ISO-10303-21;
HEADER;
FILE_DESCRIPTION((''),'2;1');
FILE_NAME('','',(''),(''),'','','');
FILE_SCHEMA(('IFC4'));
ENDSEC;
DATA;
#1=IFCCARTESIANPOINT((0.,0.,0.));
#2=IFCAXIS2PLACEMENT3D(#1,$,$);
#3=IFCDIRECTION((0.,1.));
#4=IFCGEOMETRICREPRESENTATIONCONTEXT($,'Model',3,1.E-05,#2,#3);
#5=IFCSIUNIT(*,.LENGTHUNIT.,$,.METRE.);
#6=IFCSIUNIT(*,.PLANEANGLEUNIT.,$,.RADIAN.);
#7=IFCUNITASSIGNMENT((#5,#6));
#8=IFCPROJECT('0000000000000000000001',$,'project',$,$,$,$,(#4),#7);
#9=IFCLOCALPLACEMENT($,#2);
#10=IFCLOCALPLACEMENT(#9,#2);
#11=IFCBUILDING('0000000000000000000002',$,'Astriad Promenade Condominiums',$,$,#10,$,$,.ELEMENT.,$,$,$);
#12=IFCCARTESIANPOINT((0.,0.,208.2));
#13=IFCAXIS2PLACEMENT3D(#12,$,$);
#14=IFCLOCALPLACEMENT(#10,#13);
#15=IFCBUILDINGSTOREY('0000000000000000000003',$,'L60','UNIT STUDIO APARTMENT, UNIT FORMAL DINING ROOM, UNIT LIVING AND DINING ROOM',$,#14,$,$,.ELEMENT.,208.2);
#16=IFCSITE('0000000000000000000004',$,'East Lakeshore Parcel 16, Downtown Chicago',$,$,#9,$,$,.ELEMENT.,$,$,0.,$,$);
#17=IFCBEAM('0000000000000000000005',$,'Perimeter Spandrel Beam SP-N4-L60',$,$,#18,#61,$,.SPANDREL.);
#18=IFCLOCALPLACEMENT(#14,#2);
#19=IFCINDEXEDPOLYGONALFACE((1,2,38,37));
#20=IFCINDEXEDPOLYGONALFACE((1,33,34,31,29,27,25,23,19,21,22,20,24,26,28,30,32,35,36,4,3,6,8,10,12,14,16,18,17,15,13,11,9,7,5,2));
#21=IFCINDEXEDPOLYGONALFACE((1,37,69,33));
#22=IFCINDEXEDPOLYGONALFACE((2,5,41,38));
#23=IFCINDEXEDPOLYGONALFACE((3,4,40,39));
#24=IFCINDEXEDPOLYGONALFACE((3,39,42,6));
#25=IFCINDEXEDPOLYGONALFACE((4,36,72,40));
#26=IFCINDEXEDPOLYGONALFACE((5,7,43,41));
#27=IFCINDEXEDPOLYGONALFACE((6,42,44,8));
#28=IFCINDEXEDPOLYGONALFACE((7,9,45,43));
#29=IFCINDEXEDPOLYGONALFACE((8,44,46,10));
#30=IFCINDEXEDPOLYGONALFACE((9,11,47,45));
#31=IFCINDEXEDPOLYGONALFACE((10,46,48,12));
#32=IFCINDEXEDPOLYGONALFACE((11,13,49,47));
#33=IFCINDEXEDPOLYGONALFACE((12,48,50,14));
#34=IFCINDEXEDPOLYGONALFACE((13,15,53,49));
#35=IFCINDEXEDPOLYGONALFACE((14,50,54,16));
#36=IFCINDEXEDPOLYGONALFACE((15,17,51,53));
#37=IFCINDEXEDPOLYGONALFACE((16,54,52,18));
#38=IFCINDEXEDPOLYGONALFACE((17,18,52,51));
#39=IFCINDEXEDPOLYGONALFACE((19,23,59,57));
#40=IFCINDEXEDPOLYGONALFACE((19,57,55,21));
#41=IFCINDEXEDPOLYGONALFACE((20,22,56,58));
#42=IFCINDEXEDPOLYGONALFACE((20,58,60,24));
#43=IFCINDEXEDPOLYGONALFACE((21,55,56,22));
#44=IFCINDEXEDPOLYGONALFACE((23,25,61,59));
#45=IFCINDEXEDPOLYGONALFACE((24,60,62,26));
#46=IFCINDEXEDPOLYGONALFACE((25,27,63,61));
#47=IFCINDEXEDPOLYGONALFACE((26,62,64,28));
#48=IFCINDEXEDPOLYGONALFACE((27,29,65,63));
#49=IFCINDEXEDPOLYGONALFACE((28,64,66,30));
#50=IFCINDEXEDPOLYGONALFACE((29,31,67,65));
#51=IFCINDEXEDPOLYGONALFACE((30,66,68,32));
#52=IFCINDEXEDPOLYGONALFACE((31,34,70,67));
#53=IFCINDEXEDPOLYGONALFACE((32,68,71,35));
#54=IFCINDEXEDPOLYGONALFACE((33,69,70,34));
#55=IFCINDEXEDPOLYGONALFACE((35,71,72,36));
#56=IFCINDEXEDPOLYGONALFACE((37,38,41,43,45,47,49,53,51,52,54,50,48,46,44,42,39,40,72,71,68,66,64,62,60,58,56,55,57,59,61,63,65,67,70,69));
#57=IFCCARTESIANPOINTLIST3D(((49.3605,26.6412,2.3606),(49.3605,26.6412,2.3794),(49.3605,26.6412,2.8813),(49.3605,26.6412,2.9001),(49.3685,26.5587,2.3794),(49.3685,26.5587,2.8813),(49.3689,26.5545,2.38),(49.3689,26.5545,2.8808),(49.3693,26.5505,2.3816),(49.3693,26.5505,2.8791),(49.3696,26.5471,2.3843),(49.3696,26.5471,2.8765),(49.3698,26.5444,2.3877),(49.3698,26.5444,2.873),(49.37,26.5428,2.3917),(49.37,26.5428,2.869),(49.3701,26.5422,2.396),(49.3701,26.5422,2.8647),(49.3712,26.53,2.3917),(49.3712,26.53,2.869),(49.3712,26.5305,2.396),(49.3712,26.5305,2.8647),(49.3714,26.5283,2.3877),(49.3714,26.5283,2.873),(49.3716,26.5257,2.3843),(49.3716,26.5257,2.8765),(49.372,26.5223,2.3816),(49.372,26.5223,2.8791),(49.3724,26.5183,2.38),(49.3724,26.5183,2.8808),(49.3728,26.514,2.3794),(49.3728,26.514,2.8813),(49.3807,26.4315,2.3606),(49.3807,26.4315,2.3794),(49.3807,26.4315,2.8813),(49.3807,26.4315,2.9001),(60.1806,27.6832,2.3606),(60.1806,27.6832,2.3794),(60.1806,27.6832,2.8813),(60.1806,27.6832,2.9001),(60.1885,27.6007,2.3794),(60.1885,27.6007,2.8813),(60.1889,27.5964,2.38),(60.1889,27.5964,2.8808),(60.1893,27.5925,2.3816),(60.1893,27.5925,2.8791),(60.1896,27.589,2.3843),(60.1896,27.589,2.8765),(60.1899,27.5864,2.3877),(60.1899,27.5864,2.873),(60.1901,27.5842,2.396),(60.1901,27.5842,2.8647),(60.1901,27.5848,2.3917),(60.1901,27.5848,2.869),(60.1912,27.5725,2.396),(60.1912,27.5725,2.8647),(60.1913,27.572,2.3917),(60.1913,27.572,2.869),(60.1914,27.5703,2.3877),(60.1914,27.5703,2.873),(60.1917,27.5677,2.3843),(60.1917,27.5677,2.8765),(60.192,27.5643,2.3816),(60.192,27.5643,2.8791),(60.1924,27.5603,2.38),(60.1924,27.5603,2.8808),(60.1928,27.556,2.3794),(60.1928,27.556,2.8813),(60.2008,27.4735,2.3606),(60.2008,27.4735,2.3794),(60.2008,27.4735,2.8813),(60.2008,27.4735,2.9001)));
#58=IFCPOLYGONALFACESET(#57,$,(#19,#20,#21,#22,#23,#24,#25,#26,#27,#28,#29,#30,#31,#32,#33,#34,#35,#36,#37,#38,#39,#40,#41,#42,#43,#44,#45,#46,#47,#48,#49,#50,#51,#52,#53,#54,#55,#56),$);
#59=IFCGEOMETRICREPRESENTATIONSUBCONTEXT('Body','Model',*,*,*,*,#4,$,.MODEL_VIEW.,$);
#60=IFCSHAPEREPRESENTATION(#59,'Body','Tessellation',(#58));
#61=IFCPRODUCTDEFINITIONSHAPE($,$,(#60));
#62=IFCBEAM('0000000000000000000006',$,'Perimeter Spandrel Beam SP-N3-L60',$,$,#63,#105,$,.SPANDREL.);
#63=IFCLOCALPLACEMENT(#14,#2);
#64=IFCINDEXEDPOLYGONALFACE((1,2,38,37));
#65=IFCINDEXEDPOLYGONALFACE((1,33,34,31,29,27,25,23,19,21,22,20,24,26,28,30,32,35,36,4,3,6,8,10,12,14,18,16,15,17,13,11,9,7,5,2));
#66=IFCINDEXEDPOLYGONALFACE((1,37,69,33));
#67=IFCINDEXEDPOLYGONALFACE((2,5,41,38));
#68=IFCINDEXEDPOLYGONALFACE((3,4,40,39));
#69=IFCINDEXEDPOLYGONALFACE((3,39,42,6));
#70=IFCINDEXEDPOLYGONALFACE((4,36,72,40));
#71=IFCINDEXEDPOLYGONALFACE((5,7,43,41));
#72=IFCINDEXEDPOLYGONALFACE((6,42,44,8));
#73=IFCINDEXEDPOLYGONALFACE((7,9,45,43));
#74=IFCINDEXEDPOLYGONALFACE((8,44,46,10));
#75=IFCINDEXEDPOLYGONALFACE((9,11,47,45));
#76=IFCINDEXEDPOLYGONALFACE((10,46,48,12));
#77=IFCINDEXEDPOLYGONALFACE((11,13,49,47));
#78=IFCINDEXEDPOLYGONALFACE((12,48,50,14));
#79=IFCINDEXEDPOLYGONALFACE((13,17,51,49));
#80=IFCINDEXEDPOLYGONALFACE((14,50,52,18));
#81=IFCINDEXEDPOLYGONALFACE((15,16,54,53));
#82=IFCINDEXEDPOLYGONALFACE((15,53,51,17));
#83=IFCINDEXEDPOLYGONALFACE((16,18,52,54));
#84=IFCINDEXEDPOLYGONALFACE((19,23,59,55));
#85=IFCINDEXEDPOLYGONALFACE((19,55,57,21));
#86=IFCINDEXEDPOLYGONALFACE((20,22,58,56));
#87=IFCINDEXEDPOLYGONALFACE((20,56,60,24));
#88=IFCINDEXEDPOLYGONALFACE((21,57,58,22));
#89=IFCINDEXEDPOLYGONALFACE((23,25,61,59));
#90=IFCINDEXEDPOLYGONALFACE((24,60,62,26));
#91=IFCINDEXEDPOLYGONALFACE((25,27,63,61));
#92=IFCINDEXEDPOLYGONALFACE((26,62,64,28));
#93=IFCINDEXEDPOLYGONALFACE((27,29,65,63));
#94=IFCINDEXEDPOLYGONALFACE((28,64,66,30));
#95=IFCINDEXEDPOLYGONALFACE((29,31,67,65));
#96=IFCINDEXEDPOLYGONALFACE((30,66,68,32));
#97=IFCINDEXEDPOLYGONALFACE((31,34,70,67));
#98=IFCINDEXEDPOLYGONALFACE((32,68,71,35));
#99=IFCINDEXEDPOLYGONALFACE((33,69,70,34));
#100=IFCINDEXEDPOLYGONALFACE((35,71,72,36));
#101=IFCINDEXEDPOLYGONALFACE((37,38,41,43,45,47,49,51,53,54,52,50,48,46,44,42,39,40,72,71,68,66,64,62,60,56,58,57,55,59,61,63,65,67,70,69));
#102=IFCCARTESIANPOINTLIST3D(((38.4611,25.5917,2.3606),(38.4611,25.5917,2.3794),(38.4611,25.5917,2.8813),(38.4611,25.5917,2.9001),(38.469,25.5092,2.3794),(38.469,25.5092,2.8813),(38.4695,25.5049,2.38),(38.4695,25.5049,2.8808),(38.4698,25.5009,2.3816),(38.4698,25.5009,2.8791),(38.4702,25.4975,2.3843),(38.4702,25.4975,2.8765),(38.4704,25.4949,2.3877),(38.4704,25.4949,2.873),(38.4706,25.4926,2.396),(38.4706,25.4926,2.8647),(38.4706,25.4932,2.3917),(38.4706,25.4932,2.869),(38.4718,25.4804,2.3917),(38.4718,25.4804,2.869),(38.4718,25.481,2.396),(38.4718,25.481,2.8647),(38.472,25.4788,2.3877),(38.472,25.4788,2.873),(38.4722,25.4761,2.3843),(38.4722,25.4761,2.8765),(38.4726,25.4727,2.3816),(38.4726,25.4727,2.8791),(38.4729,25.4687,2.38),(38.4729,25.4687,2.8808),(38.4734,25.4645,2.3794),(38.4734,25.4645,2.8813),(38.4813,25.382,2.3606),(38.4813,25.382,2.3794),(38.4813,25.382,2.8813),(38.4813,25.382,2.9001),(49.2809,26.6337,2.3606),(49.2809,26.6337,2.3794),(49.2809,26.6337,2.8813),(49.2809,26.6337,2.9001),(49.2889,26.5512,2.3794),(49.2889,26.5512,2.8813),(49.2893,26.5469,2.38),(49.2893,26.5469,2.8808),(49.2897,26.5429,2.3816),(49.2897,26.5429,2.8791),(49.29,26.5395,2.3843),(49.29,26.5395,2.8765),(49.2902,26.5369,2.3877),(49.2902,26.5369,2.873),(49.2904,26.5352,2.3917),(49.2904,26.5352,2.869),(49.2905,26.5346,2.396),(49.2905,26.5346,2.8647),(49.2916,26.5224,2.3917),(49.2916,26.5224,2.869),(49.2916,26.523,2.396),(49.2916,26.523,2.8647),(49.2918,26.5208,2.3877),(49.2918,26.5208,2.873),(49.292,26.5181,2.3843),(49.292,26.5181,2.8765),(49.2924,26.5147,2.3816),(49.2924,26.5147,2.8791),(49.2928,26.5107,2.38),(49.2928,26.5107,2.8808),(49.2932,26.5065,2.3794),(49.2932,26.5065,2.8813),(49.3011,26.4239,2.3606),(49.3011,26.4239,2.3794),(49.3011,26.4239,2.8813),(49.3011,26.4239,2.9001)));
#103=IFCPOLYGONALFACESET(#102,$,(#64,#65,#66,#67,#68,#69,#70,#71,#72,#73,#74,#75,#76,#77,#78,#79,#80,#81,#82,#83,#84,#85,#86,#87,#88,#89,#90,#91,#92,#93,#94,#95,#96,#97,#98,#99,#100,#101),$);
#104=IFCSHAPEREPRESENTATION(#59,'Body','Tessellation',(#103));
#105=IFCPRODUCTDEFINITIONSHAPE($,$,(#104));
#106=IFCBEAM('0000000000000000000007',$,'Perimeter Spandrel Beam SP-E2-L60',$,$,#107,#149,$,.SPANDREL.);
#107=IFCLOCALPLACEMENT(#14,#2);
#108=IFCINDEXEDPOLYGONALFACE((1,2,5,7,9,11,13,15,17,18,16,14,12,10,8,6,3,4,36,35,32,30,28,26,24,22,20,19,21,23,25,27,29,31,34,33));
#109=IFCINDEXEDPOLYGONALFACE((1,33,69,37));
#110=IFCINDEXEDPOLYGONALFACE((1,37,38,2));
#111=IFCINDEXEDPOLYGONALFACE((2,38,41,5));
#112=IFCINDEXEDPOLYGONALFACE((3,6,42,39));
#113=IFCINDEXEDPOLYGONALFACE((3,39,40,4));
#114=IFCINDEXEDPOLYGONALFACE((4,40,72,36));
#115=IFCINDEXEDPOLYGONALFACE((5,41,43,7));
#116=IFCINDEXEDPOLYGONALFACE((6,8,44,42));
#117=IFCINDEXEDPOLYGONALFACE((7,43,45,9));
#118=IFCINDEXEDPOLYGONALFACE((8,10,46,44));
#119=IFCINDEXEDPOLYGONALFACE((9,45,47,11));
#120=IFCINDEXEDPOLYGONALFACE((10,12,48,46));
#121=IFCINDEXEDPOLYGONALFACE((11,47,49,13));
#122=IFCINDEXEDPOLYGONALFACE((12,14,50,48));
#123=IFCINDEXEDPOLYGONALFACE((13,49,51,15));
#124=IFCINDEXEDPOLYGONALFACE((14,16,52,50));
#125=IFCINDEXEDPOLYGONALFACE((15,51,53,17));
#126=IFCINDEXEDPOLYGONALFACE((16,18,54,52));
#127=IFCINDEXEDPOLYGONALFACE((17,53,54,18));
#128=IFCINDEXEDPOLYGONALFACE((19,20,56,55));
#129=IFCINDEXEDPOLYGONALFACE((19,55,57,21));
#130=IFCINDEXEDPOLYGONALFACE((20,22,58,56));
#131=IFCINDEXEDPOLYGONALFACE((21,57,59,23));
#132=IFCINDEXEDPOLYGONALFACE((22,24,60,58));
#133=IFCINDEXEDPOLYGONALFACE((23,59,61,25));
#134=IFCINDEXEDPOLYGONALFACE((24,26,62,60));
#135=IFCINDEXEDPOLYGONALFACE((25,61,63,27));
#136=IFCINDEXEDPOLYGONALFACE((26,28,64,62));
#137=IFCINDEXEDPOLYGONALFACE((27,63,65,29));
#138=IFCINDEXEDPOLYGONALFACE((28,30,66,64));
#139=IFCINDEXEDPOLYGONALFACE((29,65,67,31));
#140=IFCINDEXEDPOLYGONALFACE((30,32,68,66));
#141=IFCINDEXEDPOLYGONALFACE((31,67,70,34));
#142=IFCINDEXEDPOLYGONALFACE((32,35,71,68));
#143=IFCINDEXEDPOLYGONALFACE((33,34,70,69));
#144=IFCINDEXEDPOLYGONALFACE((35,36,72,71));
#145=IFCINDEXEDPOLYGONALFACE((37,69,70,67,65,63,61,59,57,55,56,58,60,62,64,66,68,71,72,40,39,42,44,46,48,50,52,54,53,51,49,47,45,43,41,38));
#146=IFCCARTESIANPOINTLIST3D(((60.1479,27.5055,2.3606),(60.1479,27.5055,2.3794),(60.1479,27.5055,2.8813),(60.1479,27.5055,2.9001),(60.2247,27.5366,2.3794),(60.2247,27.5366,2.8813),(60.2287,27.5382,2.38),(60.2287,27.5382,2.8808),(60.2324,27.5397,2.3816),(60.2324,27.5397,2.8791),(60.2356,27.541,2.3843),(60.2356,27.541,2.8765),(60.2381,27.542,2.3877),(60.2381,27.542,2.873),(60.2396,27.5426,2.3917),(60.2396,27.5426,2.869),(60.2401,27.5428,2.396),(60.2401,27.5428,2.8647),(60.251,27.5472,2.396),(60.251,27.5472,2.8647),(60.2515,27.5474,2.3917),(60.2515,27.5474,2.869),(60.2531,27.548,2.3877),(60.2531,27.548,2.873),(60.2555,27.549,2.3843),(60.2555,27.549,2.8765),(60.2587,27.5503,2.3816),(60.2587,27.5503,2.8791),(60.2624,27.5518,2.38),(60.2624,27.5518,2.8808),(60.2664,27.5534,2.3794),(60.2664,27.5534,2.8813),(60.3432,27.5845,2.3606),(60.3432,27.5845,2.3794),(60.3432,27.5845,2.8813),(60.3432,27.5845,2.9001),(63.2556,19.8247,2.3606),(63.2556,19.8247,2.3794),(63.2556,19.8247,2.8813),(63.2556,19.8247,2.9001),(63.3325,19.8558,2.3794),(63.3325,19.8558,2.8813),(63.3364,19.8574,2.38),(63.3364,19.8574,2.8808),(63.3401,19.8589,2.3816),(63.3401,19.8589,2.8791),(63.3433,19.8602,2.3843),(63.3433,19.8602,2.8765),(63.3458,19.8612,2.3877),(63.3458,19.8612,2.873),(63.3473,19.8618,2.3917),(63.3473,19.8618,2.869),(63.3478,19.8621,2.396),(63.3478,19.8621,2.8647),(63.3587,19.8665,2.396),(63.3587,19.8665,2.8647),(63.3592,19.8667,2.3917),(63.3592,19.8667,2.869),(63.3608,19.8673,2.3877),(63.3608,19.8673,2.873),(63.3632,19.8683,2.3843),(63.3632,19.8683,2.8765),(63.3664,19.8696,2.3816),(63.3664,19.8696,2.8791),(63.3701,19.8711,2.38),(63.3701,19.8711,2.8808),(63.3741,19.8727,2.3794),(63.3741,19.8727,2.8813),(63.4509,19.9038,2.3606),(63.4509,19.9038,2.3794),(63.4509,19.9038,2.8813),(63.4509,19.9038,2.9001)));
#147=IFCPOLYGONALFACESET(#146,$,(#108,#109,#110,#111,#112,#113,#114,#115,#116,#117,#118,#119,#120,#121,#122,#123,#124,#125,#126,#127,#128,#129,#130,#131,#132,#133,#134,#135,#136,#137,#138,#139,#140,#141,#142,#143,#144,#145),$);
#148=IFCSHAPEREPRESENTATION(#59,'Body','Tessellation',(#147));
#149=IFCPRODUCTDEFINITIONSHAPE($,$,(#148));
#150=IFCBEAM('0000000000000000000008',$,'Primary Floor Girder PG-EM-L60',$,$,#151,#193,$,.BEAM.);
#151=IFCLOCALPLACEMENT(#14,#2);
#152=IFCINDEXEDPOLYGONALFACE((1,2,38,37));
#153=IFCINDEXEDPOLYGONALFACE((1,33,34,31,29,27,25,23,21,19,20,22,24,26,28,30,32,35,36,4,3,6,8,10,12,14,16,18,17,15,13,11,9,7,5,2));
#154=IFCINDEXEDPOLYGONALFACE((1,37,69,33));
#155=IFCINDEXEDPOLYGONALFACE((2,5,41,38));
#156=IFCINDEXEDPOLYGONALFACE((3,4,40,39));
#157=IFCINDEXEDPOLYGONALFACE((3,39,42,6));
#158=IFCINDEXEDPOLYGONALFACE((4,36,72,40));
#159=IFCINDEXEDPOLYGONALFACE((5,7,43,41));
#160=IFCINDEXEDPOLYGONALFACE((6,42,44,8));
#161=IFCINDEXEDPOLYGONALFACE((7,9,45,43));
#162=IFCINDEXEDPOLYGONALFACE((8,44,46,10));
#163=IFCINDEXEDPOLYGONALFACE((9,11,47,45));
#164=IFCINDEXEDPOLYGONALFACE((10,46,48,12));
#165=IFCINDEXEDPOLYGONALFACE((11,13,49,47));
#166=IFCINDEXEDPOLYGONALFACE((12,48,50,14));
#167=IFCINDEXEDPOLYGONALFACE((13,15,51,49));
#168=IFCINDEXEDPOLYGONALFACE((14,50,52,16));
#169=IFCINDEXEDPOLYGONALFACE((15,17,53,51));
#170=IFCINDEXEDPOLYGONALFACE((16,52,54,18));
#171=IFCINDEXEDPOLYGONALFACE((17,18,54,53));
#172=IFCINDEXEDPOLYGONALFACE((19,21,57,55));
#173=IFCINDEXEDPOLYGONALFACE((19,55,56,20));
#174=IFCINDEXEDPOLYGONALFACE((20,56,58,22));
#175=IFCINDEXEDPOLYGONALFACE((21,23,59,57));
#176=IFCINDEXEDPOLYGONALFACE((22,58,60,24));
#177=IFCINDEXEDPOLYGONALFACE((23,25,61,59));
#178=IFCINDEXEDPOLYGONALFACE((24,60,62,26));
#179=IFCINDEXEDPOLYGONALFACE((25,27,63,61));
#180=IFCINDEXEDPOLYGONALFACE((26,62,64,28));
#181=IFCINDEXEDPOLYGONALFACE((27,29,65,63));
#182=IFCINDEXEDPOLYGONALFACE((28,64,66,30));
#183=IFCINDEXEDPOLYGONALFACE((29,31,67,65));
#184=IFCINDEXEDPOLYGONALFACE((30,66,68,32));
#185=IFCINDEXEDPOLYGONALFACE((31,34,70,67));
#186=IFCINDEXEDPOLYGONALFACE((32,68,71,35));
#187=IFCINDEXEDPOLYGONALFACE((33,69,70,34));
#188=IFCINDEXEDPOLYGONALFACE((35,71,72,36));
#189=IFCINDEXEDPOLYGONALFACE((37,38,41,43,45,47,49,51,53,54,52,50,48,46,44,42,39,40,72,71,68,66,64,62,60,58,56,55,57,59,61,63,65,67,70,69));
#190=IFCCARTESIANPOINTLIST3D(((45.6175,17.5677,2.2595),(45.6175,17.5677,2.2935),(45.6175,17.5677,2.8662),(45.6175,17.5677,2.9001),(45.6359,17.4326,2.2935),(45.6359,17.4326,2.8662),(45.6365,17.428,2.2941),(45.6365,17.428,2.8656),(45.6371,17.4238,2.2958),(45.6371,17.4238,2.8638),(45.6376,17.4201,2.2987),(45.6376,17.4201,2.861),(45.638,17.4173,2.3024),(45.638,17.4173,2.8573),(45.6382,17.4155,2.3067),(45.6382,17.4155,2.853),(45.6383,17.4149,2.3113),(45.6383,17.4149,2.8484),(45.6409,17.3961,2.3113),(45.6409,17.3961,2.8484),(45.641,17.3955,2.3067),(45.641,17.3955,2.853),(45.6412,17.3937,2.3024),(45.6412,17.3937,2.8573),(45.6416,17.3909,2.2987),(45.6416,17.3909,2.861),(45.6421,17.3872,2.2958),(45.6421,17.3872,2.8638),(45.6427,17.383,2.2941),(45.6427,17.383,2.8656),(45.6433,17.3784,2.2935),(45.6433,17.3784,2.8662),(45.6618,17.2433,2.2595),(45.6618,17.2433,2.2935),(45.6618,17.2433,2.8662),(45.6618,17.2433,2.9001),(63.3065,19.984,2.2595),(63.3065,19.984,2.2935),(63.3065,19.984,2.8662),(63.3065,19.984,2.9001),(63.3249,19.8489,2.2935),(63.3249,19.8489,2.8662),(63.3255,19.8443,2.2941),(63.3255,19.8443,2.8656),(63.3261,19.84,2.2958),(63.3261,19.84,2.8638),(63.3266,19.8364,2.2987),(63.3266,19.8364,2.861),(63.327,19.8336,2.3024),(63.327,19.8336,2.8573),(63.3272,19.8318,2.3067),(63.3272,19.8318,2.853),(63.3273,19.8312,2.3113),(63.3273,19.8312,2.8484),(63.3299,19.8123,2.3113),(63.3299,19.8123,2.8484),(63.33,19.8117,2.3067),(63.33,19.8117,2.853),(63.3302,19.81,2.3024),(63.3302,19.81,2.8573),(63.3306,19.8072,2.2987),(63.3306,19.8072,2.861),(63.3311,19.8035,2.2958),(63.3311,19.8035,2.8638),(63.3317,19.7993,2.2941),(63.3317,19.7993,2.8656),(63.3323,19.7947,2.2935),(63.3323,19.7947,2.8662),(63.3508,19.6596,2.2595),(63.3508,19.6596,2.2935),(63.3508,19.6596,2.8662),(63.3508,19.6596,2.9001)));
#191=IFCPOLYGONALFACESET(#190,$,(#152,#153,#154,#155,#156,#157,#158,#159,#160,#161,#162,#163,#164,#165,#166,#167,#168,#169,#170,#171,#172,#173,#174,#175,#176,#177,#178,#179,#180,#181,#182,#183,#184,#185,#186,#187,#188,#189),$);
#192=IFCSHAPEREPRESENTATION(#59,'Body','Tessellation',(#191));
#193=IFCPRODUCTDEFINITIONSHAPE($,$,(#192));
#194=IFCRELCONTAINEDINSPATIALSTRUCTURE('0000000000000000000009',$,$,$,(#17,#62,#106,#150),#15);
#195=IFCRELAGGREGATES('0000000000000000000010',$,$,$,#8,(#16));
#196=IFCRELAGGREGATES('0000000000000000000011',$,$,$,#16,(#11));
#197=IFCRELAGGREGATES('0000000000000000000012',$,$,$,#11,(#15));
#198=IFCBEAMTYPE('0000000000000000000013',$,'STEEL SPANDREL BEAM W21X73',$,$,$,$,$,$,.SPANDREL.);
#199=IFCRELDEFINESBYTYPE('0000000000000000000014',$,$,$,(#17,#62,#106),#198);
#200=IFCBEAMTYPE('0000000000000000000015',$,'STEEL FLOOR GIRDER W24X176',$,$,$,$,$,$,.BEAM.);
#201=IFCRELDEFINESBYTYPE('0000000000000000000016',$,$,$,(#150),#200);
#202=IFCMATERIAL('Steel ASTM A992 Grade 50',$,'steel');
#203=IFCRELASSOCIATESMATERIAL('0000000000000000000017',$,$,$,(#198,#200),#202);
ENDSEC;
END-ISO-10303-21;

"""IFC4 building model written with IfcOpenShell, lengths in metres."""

from ifc_helpers import new_model, si_unit, direction, frame, origin, origin_2d, place, context, subcontext, project, spatial, i_section, extrude, source, transform, mapped, material, material_profile, profile_set, type_object, type_shapes, element, save


model = new_model("IFC4")

# Units and contexts
model_context = context("Model", 3, precision=1e-05, world=origin(), true_north=direction((0.0, 1.0)))
body_context = subcontext(model_context, "Body", "Model", "MODEL_VIEW")
ifc_project = project(units=[si_unit("LENGTHUNIT", "METRE"), si_unit("PLANEANGLEUNIT", "RADIAN")], contexts=[model_context])

# Site, building, storey
site_placement = place(None, origin())
site = spatial("IfcSite", under=ifc_project, at=site_placement, Name="East Lakeshore Parcel 16, Downtown Chicago", CompositionType="ELEMENT", RefElevation=0.0)
building_placement = place(site_placement, origin())
building = spatial("IfcBuilding", under=site, at=building_placement, Name="Astriad Promenade Condominiums", CompositionType="ELEMENT")
storey_placement = place(building_placement, frame((0.0, 0.0, 208.2)))
storey = spatial("IfcBuildingStorey", under=building, at=storey_placement, Name="L60", Description="UNIT STUDIO APARTMENT, UNIT FORMAL DINING ROOM, UNIT LIVING AND DINING ROOM", CompositionType="ELEMENT", Elevation=208.2)

# Beams
ifc_material_1 = material(Name="Steel ASTM A992 Grade 50", Category="steel")
ifc_material_profile_1 = material_profile(ifc_material_1, i_section(OverallWidth=0.2107, OverallDepth=0.5396, WebThickness=0.0117, FlangeThickness=0.0188, FilletRadius=0.0166, at=origin_2d()), Name="W21X73")
ifc_profile_set_1 = profile_set([ifc_material_profile_1], Name="Steel ASTM A992 Grade 50")
beam_type_1 = type_object("IfcBeamType", Name="STEEL SPANDREL BEAM W21X73", PredefinedType="SPANDREL", material=ifc_profile_set_1)
shared_shape_1 = source(origin(), body_context, "Body", "SweptSolid", [
    extrude(i_section(OverallWidth=0.2107, OverallDepth=0.5396, WebThickness=0.0117, FlangeThickness=0.0188, FilletRadius=0.0166, at=origin_2d()), origin(), (0.0, 0.0, 1.0), 10.8701),
])
beam_1_placement = place(storey_placement, frame((60.1907, 27.5784, 2.6304), z_axis=(-0.995395, -0.095858, 0.0), x_axis=(0.095858, -0.995395, 0.0)))
element("IfcBeam", 1, at=beam_1_placement, inside=storey, type_object=beam_type_1, Name="Perimeter Spandrel Beam SP-N4-L60", PredefinedType="SPANDREL", context=body_context, shape_type="MappedRepresentation", body=[
    mapped(shared_shape_1, transform((0.0, 0.0, 0.0), scale=1.0)),
])
shared_shape_2 = source(origin(), body_context, "Body", "SweptSolid", [
    extrude(i_section(OverallWidth=0.2107, OverallDepth=0.5396, WebThickness=0.0117, FlangeThickness=0.0188, FilletRadius=0.0166, at=origin_2d()), origin(), (0.0, 0.0, 1.0), 10.8699),
])
beam_2_placement = place(storey_placement, frame((49.291, 26.5288, 2.6304), z_axis=(-0.995395, -0.09586, 0.0), x_axis=(0.09586, -0.995395, 0.0)))
element("IfcBeam", 2, at=beam_2_placement, inside=storey, type_object=beam_type_1, Name="Perimeter Spandrel Beam SP-N3-L60", PredefinedType="SPANDREL", context=body_context, shape_type="MappedRepresentation", body=[
    mapped(shared_shape_2, transform((0.0, 0.0, 0.0), scale=1.0)),
])
shared_shape_3 = source(origin(), body_context, "Body", "SweptSolid", [
    extrude(i_section(OverallWidth=0.2107, OverallDepth=0.5396, WebThickness=0.0117, FlangeThickness=0.0188, FilletRadius=0.0166, at=origin_2d()), origin(), (0.0, 0.0, 1.0), 8.2856),
])
type_shapes(beam_type_1, [shared_shape_1, shared_shape_2, shared_shape_3])
beam_3_placement = place(storey_placement, frame((63.3533, 19.8643, 2.6304), z_axis=(-0.375071, 0.926996, 0.0), x_axis=(-0.926996, -0.375071, 0.0)))
element("IfcBeam", 3, at=beam_3_placement, inside=storey, type_object=beam_type_1, Name="Perimeter Spandrel Beam SP-E2-L60", PredefinedType="SPANDREL", context=body_context, shape_type="MappedRepresentation", body=[
    mapped(shared_shape_3, transform((0.0, 0.0, 0.0), scale=1.0)),
])
ifc_material_profile_2 = material_profile(ifc_material_1, i_section(OverallWidth=0.3274, OverallDepth=0.6406, WebThickness=0.019, FlangeThickness=0.0339, FilletRadius=0.0178, at=origin_2d()), Name="W24X176")
ifc_profile_set_2 = profile_set([ifc_material_profile_2], Name="Steel ASTM A992 Grade 50")
beam_type_2 = type_object("IfcBeamType", Name="STEEL FLOOR GIRDER W24X176", PredefinedType="BEAM", material=ifc_profile_set_2)
shared_shape_4 = source(origin(), body_context, "Body", "SweptSolid", [
    extrude(i_section(OverallWidth=0.3274, OverallDepth=0.6406, WebThickness=0.019, FlangeThickness=0.0339, FilletRadius=0.0178, at=origin_2d()), origin(), (0.0, 0.0, 1.0), 17.8533),
])
type_shapes(beam_type_2, [shared_shape_4])
beam_4_placement = place(storey_placement, frame((63.3286, 19.8218, 2.5798), z_axis=(-0.990799, -0.13534, 0.0), x_axis=(0.13534, -0.990799, 0.0)))
element("IfcBeam", 4, at=beam_4_placement, inside=storey, type_object=beam_type_2, Name="Primary Floor Girder PG-EM-L60", PredefinedType="BEAM", context=body_context, shape_type="MappedRepresentation", body=[
    mapped(shared_shape_4, transform((0.0, 0.0, 0.0), scale=1.0)),
])

save(model, "model.ifc")
